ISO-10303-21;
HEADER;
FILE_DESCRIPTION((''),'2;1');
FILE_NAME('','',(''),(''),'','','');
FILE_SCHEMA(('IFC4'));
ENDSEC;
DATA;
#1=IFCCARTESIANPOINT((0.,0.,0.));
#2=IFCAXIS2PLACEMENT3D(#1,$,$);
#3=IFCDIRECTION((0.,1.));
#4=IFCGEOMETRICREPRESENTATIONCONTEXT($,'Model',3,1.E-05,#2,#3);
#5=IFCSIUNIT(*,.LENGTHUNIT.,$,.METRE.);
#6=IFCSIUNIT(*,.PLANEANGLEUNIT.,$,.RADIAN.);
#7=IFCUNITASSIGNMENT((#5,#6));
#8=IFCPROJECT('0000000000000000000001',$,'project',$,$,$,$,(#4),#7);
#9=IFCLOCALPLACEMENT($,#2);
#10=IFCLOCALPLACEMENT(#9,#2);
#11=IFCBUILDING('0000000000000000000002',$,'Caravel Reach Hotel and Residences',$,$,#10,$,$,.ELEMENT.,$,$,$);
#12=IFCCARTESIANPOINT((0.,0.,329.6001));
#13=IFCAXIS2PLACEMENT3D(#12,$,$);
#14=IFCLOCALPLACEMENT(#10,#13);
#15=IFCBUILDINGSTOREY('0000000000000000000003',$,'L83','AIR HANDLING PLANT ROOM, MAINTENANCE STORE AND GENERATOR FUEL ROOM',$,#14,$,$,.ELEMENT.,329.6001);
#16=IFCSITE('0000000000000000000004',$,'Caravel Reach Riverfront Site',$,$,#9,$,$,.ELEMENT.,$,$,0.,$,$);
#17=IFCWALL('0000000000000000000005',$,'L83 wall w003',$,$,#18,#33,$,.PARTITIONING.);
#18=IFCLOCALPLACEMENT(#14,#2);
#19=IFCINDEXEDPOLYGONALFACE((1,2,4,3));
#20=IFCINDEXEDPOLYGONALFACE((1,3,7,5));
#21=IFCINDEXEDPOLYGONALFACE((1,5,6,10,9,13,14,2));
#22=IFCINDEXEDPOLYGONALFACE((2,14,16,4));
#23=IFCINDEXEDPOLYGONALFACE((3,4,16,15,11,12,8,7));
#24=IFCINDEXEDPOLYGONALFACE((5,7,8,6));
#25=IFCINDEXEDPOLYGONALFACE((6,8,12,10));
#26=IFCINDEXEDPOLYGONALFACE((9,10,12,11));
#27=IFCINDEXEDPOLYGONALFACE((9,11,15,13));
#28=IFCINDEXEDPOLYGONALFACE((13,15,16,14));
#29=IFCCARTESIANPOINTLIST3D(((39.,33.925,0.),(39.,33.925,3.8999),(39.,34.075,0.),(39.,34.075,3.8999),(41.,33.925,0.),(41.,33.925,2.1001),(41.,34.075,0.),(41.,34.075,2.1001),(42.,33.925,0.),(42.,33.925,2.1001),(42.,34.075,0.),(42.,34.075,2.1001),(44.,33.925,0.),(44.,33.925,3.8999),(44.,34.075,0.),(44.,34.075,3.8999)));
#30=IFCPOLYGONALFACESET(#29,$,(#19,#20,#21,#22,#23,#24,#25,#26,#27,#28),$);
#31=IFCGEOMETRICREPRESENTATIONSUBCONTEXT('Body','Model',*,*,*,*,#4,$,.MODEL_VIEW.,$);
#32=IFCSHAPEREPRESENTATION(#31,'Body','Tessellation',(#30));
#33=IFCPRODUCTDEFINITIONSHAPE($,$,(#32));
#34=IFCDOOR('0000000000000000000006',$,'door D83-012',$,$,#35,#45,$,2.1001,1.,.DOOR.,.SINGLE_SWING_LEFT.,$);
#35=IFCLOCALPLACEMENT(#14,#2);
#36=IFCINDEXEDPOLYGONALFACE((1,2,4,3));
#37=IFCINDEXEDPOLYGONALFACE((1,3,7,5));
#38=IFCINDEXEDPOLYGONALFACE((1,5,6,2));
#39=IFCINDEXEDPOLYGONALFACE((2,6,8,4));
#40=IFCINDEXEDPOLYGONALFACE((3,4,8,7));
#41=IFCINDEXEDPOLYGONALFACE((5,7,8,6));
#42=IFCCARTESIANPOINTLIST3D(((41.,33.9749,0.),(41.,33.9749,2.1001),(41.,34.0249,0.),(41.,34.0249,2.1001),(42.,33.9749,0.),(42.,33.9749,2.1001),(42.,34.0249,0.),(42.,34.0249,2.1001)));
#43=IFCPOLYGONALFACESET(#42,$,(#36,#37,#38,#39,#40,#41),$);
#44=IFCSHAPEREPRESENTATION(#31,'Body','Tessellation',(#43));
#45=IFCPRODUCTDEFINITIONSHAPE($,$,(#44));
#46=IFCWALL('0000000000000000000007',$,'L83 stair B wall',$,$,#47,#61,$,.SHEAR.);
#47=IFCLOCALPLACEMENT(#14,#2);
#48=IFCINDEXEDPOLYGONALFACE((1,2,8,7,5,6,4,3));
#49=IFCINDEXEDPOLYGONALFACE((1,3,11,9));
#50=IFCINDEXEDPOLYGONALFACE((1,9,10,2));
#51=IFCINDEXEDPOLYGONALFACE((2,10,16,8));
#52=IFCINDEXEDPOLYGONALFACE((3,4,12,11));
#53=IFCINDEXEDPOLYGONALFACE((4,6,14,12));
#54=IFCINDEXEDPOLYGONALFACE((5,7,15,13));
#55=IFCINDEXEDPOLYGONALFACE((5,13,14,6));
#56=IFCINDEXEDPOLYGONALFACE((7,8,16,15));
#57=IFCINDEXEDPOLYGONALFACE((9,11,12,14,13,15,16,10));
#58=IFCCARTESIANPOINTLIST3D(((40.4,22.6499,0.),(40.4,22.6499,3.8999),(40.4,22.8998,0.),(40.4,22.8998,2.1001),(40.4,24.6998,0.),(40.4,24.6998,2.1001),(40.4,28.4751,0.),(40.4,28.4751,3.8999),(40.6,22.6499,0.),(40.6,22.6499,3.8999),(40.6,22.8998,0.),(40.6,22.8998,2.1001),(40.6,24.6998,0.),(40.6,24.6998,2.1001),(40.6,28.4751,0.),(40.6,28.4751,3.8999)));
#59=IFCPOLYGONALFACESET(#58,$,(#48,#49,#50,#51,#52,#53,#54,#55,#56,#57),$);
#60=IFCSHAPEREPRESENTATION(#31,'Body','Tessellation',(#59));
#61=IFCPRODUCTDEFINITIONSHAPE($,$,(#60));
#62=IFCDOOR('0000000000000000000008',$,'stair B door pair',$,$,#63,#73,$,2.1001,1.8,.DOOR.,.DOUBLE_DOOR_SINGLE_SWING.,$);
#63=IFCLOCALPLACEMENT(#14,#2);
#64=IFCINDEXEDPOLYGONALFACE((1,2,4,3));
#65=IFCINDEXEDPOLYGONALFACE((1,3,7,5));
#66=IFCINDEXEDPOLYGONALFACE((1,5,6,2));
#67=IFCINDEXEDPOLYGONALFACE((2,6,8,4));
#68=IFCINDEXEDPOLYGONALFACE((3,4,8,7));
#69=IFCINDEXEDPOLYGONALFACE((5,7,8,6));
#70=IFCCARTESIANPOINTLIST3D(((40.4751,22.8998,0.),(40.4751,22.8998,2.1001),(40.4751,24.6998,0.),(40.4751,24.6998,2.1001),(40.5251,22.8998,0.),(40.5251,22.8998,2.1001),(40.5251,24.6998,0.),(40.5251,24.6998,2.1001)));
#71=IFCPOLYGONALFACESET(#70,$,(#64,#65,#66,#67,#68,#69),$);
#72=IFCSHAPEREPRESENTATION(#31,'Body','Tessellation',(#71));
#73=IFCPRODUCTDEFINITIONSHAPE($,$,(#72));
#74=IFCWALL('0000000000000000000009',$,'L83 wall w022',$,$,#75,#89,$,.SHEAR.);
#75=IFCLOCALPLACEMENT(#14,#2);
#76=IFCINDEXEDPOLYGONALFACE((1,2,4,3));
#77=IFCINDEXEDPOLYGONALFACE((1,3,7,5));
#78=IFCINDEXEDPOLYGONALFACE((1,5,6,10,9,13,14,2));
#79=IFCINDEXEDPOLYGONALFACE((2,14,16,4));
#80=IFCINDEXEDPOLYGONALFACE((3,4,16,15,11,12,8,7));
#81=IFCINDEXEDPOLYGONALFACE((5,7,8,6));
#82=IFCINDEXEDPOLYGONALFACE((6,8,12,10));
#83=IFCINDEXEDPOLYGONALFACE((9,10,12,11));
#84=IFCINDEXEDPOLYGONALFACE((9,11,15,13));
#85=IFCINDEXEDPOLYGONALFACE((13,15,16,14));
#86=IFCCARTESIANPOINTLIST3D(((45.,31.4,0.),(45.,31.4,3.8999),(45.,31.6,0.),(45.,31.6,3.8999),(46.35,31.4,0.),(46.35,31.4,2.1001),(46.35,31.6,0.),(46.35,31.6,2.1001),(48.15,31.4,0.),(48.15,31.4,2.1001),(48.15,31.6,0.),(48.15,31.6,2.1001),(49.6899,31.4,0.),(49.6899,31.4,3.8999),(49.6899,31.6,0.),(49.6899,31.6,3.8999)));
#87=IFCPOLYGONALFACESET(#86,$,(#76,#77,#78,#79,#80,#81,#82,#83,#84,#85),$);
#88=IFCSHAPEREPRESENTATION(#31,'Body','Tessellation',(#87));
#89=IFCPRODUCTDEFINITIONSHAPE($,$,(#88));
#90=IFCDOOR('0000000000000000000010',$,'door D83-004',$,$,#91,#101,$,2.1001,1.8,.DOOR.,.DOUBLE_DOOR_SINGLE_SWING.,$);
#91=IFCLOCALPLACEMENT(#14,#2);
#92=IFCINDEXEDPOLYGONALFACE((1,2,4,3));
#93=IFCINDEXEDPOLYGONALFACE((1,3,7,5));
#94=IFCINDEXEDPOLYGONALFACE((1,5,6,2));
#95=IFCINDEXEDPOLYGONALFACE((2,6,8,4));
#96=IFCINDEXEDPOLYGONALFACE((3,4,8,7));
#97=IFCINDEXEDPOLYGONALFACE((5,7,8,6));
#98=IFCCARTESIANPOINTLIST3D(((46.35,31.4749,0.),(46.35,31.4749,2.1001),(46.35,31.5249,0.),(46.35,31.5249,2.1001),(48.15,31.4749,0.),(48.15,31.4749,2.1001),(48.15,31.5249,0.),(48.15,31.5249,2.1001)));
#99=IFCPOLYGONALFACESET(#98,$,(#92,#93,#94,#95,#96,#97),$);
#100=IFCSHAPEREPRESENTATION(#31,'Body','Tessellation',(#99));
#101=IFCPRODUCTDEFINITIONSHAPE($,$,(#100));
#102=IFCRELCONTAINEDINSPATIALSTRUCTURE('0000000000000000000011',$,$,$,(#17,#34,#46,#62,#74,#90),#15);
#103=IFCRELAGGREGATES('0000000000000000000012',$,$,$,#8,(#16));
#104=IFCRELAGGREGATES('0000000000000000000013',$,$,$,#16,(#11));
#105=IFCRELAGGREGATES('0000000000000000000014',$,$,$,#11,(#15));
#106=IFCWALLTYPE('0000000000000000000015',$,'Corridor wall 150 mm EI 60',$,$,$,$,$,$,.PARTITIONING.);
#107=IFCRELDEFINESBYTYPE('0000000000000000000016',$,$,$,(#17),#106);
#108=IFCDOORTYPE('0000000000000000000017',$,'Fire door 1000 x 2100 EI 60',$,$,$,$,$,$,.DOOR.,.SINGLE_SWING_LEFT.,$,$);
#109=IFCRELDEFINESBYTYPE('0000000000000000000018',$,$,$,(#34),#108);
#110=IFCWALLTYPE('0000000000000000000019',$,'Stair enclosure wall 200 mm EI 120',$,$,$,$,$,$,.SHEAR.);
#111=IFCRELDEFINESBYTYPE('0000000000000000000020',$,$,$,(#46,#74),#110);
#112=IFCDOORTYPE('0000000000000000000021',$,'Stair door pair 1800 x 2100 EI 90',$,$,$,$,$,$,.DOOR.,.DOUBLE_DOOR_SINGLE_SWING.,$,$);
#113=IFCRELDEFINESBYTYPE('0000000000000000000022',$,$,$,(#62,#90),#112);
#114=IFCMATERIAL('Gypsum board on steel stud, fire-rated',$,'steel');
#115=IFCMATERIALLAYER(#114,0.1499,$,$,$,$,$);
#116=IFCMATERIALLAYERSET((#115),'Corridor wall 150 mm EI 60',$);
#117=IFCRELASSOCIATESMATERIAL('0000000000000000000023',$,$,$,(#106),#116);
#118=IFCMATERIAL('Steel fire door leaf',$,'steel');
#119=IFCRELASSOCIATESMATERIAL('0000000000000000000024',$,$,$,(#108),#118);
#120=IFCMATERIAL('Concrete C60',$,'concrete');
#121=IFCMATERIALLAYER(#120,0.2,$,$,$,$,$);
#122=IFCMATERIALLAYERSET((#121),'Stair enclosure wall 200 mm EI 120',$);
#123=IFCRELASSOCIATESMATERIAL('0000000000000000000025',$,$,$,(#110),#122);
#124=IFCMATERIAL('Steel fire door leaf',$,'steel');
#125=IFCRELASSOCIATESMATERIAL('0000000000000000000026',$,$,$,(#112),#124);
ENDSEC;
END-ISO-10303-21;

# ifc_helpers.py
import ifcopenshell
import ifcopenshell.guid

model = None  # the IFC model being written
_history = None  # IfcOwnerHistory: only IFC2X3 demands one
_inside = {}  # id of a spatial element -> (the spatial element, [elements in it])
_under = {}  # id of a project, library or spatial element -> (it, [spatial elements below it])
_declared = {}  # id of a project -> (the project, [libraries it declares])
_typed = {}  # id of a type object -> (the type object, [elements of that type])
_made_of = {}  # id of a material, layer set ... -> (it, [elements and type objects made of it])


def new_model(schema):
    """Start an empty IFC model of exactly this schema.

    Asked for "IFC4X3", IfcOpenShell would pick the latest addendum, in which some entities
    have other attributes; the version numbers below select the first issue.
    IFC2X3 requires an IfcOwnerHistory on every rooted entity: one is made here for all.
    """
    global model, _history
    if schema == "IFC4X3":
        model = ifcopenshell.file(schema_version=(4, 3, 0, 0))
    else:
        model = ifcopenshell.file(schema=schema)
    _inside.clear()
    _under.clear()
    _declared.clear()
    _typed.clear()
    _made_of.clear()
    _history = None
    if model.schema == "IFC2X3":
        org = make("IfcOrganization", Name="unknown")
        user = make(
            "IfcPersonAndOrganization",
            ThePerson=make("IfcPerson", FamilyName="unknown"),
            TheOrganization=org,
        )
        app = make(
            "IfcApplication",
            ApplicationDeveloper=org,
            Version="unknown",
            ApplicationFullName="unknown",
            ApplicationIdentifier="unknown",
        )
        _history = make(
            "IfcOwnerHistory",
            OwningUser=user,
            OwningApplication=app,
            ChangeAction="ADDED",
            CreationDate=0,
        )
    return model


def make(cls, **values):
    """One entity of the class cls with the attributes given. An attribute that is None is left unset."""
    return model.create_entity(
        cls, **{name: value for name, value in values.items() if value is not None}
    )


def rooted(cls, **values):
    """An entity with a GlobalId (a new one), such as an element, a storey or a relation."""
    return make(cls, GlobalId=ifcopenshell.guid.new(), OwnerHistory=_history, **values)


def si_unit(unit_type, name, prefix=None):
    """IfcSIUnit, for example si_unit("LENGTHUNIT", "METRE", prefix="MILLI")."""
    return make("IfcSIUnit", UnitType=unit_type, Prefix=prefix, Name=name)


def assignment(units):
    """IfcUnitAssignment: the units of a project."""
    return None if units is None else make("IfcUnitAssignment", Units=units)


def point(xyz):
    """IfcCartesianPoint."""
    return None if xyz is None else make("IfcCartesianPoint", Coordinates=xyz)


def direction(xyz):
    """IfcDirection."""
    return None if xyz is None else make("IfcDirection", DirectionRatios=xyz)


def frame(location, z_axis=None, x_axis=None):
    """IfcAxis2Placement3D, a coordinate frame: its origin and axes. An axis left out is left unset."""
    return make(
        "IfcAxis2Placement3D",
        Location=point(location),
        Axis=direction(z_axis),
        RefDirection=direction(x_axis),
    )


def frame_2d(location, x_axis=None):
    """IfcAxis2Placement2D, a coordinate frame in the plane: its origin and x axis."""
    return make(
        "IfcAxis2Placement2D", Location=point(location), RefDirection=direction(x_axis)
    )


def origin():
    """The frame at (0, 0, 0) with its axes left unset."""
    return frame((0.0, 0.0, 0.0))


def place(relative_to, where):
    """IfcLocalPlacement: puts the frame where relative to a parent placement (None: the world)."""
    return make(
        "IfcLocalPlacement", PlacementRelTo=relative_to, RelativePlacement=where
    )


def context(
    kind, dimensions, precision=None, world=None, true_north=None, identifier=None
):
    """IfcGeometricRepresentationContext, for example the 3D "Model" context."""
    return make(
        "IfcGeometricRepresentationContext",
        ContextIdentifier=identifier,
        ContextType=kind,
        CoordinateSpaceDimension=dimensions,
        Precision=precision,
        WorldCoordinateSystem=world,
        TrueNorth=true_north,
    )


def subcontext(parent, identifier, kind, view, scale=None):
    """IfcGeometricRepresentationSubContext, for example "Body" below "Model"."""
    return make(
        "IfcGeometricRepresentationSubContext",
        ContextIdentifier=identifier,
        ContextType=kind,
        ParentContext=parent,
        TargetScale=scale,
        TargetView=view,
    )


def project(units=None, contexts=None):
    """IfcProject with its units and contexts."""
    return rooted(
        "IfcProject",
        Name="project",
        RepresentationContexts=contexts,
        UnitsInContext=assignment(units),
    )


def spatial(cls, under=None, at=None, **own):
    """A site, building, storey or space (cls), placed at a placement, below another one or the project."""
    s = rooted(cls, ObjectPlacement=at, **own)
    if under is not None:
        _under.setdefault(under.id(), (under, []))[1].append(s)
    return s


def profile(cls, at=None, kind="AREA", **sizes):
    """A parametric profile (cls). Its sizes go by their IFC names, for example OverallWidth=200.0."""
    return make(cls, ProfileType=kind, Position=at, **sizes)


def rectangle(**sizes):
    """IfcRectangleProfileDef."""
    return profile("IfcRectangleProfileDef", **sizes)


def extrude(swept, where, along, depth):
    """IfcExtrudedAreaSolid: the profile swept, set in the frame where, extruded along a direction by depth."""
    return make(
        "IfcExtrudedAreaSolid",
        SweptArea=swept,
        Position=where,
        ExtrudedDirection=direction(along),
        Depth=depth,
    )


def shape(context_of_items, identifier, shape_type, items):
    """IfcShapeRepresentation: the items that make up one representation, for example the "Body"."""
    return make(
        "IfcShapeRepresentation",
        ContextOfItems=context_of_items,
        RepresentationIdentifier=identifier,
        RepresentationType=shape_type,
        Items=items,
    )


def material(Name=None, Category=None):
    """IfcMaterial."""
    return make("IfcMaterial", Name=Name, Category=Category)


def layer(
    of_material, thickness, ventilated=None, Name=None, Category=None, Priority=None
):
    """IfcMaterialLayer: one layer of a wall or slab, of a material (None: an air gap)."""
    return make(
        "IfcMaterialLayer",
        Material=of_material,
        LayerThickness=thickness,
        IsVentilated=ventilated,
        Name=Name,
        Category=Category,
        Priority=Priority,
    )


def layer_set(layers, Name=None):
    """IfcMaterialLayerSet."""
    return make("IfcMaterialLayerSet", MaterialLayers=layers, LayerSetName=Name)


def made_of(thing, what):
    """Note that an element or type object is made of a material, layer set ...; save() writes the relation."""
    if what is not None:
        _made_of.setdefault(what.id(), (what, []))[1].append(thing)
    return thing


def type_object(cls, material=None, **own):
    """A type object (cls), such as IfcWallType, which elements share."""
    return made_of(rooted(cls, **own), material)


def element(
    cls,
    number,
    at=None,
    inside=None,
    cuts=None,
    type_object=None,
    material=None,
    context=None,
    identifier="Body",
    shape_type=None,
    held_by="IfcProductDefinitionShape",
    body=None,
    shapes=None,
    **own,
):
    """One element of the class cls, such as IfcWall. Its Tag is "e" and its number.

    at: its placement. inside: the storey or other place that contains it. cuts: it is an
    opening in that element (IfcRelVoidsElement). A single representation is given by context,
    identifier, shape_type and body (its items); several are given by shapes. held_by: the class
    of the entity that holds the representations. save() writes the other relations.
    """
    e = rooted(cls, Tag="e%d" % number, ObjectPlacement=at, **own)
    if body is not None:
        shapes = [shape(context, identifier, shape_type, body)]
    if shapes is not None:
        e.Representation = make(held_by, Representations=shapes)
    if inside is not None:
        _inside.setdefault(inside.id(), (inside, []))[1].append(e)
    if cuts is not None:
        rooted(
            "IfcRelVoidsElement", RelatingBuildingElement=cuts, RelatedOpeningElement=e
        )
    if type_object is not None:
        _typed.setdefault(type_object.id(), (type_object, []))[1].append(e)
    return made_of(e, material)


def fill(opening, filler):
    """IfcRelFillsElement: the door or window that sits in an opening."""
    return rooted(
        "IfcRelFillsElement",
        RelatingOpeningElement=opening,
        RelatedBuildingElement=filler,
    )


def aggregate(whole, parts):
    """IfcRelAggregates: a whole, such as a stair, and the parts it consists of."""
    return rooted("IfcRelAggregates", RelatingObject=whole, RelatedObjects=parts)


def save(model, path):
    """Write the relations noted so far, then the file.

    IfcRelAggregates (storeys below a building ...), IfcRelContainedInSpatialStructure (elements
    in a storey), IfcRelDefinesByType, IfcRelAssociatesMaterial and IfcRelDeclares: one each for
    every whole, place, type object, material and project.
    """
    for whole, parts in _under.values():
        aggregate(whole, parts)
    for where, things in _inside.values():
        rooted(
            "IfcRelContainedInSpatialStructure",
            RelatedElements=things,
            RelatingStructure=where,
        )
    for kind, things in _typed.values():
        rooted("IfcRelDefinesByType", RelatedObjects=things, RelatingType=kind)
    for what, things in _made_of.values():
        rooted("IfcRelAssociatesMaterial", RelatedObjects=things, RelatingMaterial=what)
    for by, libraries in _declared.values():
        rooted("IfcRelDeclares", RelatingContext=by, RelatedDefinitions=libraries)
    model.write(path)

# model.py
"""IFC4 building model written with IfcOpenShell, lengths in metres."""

from ifc_helpers import new_model, si_unit, direction, frame, frame_2d, origin, place, context, subcontext, project, spatial, rectangle, extrude, material, layer, layer_set, type_object, element, fill, save


model = new_model("IFC4")

# Units and contexts
model_context = context("Model", 3, precision=1e-05, world=origin(), true_north=direction((0.0, 1.0)))
body_context = subcontext(model_context, "Body", "Model", "MODEL_VIEW")
ifc_project = project(units=[si_unit("LENGTHUNIT", "METRE"), si_unit("PLANEANGLEUNIT", "RADIAN")], contexts=[model_context])

# Site, building, storey
site_placement = place(None, origin())
site = spatial("IfcSite", under=ifc_project, at=site_placement, Name="Caravel Reach Riverfront Site", CompositionType="ELEMENT", RefElevation=0.0)
building_placement = place(site_placement, origin())
building = spatial("IfcBuilding", under=site, at=building_placement, Name="Caravel Reach Hotel and Residences", CompositionType="ELEMENT")
storey_placement = place(building_placement, frame((0.0, 0.0, 329.6001)))
storey = spatial("IfcBuildingStorey", under=building, at=storey_placement, Name="L83", Description="AIR HANDLING PLANT ROOM, MAINTENANCE STORE AND GENERATOR FUEL ROOM", CompositionType="ELEMENT", Elevation=329.6001)

# Walls, openings, doors
ifc_material_1 = material(Name="Gypsum board on steel stud, fire-rated", Category="steel")
ifc_layer_1 = layer(ifc_material_1, 0.1499)
ifc_layer_set_1 = layer_set([ifc_layer_1], Name="Corridor wall 150 mm EI 60")
wall_type_1 = type_object("IfcWallType", Name="Corridor wall 150 mm EI 60", PredefinedType="PARTITIONING", material=ifc_layer_set_1)
wall_1_placement = place(storey_placement, frame((39.0, 34.0, 0.0), z_axis=(0.0, 0.0, 1.0), x_axis=(1.0, 0.0, 0.0)))
wall_1 = element("IfcWall", 1, at=wall_1_placement, inside=storey, type_object=wall_type_1, Name="L83 wall w003", PredefinedType="PARTITIONING", context=body_context, shape_type="SweptSolid", body=[
    extrude(rectangle(XDim=5.0, YDim=0.1499, at=frame_2d((2.5, 0.0))), origin(), (0.0, 0.0, 1.0), 3.8999),
])
opening_1_placement = place(wall_1_placement, frame((2.0, 0.0, 0.0)))
opening_1 = element("IfcOpeningElement", 2, at=opening_1_placement, cuts=wall_1, PredefinedType="OPENING", context=body_context, shape_type="SweptSolid", body=[
    extrude(rectangle(XDim=1.0, YDim=2.1001, at=frame_2d((0.5, 1.05))), frame((0.0, 0.085, 0.0), z_axis=(0.0, -1.0, 0.0), x_axis=(1.0, 0.0, 0.0)), (0.0, 0.0, 1.0), 0.1699),
])
ifc_material_2 = material(Name="Steel fire door leaf", Category="steel")
door_type_1 = type_object("IfcDoorType", Name="Fire door 1000 x 2100 EI 60", OperationType="SINGLE_SWING_LEFT", PredefinedType="DOOR", material=ifc_material_2)
door_1_placement = place(opening_1_placement, origin())
door_1 = element("IfcDoor", 3, at=door_1_placement, inside=storey, type_object=door_type_1, Name="door D83-012", OperationType="SINGLE_SWING_LEFT", OverallHeight=2.1001, OverallWidth=1.0, PredefinedType="DOOR", context=body_context, shape_type="SweptSolid", body=[
    extrude(rectangle(XDim=1.0, YDim=2.1001, at=frame_2d((0.5, 1.05))), frame((0.0, 0.0249, 0.0), z_axis=(0.0, -1.0, 0.0), x_axis=(1.0, 0.0, 0.0)), (0.0, 0.0, 1.0), 0.05),
])
fill(opening_1, door_1)
ifc_material_3 = material(Name="Concrete C60", Category="concrete")
ifc_layer_2 = layer(ifc_material_3, 0.2)
ifc_layer_set_2 = layer_set([ifc_layer_2], Name="Stair enclosure wall 200 mm EI 120")
wall_type_2 = type_object("IfcWallType", Name="Stair enclosure wall 200 mm EI 120", PredefinedType="SHEAR", material=ifc_layer_set_2)
wall_2_placement = place(storey_placement, frame((40.5, 22.6499, 0.0), z_axis=(0.0, 0.0, 1.0), x_axis=(0.0, 1.0, 0.0)))
wall_2 = element("IfcWall", 4, at=wall_2_placement, inside=storey, type_object=wall_type_2, Name="L83 stair B wall", PredefinedType="SHEAR", context=body_context, shape_type="SweptSolid", body=[
    extrude(rectangle(XDim=5.8252, YDim=0.2, at=frame_2d((2.9126, 0.0))), origin(), (0.0, 0.0, 1.0), 3.8999),
])
opening_2_placement = place(wall_2_placement, frame((0.25, 0.0, 0.0)))
opening_2 = element("IfcOpeningElement", 5, at=opening_2_placement, cuts=wall_2, PredefinedType="OPENING", context=body_context, shape_type="SweptSolid", body=[
    extrude(rectangle(XDim=1.8, YDim=2.1001, at=frame_2d((0.8999, 1.05))), frame((0.0, 0.1099, 0.0), z_axis=(0.0, -1.0, 0.0), x_axis=(1.0, 0.0, 0.0)), (0.0, 0.0, 1.0), 0.22),
])
ifc_material_4 = material(Name="Steel fire door leaf", Category="steel")
door_type_2 = type_object("IfcDoorType", Name="Stair door pair 1800 x 2100 EI 90", OperationType="DOUBLE_DOOR_SINGLE_SWING", PredefinedType="DOOR", material=ifc_material_4)
door_2_placement = place(opening_2_placement, origin())
door_2 = element("IfcDoor", 6, at=door_2_placement, inside=storey, type_object=door_type_2, Name="stair B door pair", OperationType="DOUBLE_DOOR_SINGLE_SWING", OverallHeight=2.1001, OverallWidth=1.8, PredefinedType="DOOR", context=body_context, shape_type="SweptSolid", body=[
    extrude(rectangle(XDim=1.8, YDim=2.1001, at=frame_2d((0.8999, 1.05))), frame((0.0, 0.0249, 0.0), z_axis=(0.0, -1.0, 0.0), x_axis=(1.0, 0.0, 0.0)), (0.0, 0.0, 1.0), 0.05),
])
fill(opening_2, door_2)
wall_3_placement = place(storey_placement, frame((45.0, 31.5, 0.0), z_axis=(0.0, 0.0, 1.0), x_axis=(1.0, 0.0, 0.0)))
wall_3 = element("IfcWall", 7, at=wall_3_placement, inside=storey, type_object=wall_type_2, Name="L83 wall w022", PredefinedType="SHEAR", context=body_context, shape_type="SweptSolid", body=[
    extrude(rectangle(XDim=4.6899, YDim=0.2, at=frame_2d((2.345, 0.0))), origin(), (0.0, 0.0, 1.0), 3.8999),
])
opening_3_placement = place(wall_3_placement, frame((1.3501, 0.0, 0.0)))
opening_3 = element("IfcOpeningElement", 8, at=opening_3_placement, cuts=wall_3, PredefinedType="OPENING", context=body_context, shape_type="SweptSolid", body=[
    extrude(rectangle(XDim=1.8, YDim=2.1001, at=frame_2d((0.8999, 1.05))), frame((0.0, 0.1099, 0.0), z_axis=(0.0, -1.0, 0.0), x_axis=(1.0, 0.0, 0.0)), (0.0, 0.0, 1.0), 0.22),
])
door_3_placement = place(opening_3_placement, origin())
door_3 = element("IfcDoor", 9, at=door_3_placement, inside=storey, type_object=door_type_2, Name="door D83-004", OperationType="DOUBLE_DOOR_SINGLE_SWING", OverallHeight=2.1001, OverallWidth=1.8, PredefinedType="DOOR", context=body_context, shape_type="SweptSolid", body=[
    extrude(rectangle(XDim=1.8, YDim=2.1001, at=frame_2d((0.8999, 1.05))), frame((0.0, 0.0249, 0.0), z_axis=(0.0, -1.0, 0.0), x_axis=(1.0, 0.0, 0.0)), (0.0, 0.0, 1.0), 0.05),
])
fill(opening_3, door_3)

save(model, "model.ifc")
